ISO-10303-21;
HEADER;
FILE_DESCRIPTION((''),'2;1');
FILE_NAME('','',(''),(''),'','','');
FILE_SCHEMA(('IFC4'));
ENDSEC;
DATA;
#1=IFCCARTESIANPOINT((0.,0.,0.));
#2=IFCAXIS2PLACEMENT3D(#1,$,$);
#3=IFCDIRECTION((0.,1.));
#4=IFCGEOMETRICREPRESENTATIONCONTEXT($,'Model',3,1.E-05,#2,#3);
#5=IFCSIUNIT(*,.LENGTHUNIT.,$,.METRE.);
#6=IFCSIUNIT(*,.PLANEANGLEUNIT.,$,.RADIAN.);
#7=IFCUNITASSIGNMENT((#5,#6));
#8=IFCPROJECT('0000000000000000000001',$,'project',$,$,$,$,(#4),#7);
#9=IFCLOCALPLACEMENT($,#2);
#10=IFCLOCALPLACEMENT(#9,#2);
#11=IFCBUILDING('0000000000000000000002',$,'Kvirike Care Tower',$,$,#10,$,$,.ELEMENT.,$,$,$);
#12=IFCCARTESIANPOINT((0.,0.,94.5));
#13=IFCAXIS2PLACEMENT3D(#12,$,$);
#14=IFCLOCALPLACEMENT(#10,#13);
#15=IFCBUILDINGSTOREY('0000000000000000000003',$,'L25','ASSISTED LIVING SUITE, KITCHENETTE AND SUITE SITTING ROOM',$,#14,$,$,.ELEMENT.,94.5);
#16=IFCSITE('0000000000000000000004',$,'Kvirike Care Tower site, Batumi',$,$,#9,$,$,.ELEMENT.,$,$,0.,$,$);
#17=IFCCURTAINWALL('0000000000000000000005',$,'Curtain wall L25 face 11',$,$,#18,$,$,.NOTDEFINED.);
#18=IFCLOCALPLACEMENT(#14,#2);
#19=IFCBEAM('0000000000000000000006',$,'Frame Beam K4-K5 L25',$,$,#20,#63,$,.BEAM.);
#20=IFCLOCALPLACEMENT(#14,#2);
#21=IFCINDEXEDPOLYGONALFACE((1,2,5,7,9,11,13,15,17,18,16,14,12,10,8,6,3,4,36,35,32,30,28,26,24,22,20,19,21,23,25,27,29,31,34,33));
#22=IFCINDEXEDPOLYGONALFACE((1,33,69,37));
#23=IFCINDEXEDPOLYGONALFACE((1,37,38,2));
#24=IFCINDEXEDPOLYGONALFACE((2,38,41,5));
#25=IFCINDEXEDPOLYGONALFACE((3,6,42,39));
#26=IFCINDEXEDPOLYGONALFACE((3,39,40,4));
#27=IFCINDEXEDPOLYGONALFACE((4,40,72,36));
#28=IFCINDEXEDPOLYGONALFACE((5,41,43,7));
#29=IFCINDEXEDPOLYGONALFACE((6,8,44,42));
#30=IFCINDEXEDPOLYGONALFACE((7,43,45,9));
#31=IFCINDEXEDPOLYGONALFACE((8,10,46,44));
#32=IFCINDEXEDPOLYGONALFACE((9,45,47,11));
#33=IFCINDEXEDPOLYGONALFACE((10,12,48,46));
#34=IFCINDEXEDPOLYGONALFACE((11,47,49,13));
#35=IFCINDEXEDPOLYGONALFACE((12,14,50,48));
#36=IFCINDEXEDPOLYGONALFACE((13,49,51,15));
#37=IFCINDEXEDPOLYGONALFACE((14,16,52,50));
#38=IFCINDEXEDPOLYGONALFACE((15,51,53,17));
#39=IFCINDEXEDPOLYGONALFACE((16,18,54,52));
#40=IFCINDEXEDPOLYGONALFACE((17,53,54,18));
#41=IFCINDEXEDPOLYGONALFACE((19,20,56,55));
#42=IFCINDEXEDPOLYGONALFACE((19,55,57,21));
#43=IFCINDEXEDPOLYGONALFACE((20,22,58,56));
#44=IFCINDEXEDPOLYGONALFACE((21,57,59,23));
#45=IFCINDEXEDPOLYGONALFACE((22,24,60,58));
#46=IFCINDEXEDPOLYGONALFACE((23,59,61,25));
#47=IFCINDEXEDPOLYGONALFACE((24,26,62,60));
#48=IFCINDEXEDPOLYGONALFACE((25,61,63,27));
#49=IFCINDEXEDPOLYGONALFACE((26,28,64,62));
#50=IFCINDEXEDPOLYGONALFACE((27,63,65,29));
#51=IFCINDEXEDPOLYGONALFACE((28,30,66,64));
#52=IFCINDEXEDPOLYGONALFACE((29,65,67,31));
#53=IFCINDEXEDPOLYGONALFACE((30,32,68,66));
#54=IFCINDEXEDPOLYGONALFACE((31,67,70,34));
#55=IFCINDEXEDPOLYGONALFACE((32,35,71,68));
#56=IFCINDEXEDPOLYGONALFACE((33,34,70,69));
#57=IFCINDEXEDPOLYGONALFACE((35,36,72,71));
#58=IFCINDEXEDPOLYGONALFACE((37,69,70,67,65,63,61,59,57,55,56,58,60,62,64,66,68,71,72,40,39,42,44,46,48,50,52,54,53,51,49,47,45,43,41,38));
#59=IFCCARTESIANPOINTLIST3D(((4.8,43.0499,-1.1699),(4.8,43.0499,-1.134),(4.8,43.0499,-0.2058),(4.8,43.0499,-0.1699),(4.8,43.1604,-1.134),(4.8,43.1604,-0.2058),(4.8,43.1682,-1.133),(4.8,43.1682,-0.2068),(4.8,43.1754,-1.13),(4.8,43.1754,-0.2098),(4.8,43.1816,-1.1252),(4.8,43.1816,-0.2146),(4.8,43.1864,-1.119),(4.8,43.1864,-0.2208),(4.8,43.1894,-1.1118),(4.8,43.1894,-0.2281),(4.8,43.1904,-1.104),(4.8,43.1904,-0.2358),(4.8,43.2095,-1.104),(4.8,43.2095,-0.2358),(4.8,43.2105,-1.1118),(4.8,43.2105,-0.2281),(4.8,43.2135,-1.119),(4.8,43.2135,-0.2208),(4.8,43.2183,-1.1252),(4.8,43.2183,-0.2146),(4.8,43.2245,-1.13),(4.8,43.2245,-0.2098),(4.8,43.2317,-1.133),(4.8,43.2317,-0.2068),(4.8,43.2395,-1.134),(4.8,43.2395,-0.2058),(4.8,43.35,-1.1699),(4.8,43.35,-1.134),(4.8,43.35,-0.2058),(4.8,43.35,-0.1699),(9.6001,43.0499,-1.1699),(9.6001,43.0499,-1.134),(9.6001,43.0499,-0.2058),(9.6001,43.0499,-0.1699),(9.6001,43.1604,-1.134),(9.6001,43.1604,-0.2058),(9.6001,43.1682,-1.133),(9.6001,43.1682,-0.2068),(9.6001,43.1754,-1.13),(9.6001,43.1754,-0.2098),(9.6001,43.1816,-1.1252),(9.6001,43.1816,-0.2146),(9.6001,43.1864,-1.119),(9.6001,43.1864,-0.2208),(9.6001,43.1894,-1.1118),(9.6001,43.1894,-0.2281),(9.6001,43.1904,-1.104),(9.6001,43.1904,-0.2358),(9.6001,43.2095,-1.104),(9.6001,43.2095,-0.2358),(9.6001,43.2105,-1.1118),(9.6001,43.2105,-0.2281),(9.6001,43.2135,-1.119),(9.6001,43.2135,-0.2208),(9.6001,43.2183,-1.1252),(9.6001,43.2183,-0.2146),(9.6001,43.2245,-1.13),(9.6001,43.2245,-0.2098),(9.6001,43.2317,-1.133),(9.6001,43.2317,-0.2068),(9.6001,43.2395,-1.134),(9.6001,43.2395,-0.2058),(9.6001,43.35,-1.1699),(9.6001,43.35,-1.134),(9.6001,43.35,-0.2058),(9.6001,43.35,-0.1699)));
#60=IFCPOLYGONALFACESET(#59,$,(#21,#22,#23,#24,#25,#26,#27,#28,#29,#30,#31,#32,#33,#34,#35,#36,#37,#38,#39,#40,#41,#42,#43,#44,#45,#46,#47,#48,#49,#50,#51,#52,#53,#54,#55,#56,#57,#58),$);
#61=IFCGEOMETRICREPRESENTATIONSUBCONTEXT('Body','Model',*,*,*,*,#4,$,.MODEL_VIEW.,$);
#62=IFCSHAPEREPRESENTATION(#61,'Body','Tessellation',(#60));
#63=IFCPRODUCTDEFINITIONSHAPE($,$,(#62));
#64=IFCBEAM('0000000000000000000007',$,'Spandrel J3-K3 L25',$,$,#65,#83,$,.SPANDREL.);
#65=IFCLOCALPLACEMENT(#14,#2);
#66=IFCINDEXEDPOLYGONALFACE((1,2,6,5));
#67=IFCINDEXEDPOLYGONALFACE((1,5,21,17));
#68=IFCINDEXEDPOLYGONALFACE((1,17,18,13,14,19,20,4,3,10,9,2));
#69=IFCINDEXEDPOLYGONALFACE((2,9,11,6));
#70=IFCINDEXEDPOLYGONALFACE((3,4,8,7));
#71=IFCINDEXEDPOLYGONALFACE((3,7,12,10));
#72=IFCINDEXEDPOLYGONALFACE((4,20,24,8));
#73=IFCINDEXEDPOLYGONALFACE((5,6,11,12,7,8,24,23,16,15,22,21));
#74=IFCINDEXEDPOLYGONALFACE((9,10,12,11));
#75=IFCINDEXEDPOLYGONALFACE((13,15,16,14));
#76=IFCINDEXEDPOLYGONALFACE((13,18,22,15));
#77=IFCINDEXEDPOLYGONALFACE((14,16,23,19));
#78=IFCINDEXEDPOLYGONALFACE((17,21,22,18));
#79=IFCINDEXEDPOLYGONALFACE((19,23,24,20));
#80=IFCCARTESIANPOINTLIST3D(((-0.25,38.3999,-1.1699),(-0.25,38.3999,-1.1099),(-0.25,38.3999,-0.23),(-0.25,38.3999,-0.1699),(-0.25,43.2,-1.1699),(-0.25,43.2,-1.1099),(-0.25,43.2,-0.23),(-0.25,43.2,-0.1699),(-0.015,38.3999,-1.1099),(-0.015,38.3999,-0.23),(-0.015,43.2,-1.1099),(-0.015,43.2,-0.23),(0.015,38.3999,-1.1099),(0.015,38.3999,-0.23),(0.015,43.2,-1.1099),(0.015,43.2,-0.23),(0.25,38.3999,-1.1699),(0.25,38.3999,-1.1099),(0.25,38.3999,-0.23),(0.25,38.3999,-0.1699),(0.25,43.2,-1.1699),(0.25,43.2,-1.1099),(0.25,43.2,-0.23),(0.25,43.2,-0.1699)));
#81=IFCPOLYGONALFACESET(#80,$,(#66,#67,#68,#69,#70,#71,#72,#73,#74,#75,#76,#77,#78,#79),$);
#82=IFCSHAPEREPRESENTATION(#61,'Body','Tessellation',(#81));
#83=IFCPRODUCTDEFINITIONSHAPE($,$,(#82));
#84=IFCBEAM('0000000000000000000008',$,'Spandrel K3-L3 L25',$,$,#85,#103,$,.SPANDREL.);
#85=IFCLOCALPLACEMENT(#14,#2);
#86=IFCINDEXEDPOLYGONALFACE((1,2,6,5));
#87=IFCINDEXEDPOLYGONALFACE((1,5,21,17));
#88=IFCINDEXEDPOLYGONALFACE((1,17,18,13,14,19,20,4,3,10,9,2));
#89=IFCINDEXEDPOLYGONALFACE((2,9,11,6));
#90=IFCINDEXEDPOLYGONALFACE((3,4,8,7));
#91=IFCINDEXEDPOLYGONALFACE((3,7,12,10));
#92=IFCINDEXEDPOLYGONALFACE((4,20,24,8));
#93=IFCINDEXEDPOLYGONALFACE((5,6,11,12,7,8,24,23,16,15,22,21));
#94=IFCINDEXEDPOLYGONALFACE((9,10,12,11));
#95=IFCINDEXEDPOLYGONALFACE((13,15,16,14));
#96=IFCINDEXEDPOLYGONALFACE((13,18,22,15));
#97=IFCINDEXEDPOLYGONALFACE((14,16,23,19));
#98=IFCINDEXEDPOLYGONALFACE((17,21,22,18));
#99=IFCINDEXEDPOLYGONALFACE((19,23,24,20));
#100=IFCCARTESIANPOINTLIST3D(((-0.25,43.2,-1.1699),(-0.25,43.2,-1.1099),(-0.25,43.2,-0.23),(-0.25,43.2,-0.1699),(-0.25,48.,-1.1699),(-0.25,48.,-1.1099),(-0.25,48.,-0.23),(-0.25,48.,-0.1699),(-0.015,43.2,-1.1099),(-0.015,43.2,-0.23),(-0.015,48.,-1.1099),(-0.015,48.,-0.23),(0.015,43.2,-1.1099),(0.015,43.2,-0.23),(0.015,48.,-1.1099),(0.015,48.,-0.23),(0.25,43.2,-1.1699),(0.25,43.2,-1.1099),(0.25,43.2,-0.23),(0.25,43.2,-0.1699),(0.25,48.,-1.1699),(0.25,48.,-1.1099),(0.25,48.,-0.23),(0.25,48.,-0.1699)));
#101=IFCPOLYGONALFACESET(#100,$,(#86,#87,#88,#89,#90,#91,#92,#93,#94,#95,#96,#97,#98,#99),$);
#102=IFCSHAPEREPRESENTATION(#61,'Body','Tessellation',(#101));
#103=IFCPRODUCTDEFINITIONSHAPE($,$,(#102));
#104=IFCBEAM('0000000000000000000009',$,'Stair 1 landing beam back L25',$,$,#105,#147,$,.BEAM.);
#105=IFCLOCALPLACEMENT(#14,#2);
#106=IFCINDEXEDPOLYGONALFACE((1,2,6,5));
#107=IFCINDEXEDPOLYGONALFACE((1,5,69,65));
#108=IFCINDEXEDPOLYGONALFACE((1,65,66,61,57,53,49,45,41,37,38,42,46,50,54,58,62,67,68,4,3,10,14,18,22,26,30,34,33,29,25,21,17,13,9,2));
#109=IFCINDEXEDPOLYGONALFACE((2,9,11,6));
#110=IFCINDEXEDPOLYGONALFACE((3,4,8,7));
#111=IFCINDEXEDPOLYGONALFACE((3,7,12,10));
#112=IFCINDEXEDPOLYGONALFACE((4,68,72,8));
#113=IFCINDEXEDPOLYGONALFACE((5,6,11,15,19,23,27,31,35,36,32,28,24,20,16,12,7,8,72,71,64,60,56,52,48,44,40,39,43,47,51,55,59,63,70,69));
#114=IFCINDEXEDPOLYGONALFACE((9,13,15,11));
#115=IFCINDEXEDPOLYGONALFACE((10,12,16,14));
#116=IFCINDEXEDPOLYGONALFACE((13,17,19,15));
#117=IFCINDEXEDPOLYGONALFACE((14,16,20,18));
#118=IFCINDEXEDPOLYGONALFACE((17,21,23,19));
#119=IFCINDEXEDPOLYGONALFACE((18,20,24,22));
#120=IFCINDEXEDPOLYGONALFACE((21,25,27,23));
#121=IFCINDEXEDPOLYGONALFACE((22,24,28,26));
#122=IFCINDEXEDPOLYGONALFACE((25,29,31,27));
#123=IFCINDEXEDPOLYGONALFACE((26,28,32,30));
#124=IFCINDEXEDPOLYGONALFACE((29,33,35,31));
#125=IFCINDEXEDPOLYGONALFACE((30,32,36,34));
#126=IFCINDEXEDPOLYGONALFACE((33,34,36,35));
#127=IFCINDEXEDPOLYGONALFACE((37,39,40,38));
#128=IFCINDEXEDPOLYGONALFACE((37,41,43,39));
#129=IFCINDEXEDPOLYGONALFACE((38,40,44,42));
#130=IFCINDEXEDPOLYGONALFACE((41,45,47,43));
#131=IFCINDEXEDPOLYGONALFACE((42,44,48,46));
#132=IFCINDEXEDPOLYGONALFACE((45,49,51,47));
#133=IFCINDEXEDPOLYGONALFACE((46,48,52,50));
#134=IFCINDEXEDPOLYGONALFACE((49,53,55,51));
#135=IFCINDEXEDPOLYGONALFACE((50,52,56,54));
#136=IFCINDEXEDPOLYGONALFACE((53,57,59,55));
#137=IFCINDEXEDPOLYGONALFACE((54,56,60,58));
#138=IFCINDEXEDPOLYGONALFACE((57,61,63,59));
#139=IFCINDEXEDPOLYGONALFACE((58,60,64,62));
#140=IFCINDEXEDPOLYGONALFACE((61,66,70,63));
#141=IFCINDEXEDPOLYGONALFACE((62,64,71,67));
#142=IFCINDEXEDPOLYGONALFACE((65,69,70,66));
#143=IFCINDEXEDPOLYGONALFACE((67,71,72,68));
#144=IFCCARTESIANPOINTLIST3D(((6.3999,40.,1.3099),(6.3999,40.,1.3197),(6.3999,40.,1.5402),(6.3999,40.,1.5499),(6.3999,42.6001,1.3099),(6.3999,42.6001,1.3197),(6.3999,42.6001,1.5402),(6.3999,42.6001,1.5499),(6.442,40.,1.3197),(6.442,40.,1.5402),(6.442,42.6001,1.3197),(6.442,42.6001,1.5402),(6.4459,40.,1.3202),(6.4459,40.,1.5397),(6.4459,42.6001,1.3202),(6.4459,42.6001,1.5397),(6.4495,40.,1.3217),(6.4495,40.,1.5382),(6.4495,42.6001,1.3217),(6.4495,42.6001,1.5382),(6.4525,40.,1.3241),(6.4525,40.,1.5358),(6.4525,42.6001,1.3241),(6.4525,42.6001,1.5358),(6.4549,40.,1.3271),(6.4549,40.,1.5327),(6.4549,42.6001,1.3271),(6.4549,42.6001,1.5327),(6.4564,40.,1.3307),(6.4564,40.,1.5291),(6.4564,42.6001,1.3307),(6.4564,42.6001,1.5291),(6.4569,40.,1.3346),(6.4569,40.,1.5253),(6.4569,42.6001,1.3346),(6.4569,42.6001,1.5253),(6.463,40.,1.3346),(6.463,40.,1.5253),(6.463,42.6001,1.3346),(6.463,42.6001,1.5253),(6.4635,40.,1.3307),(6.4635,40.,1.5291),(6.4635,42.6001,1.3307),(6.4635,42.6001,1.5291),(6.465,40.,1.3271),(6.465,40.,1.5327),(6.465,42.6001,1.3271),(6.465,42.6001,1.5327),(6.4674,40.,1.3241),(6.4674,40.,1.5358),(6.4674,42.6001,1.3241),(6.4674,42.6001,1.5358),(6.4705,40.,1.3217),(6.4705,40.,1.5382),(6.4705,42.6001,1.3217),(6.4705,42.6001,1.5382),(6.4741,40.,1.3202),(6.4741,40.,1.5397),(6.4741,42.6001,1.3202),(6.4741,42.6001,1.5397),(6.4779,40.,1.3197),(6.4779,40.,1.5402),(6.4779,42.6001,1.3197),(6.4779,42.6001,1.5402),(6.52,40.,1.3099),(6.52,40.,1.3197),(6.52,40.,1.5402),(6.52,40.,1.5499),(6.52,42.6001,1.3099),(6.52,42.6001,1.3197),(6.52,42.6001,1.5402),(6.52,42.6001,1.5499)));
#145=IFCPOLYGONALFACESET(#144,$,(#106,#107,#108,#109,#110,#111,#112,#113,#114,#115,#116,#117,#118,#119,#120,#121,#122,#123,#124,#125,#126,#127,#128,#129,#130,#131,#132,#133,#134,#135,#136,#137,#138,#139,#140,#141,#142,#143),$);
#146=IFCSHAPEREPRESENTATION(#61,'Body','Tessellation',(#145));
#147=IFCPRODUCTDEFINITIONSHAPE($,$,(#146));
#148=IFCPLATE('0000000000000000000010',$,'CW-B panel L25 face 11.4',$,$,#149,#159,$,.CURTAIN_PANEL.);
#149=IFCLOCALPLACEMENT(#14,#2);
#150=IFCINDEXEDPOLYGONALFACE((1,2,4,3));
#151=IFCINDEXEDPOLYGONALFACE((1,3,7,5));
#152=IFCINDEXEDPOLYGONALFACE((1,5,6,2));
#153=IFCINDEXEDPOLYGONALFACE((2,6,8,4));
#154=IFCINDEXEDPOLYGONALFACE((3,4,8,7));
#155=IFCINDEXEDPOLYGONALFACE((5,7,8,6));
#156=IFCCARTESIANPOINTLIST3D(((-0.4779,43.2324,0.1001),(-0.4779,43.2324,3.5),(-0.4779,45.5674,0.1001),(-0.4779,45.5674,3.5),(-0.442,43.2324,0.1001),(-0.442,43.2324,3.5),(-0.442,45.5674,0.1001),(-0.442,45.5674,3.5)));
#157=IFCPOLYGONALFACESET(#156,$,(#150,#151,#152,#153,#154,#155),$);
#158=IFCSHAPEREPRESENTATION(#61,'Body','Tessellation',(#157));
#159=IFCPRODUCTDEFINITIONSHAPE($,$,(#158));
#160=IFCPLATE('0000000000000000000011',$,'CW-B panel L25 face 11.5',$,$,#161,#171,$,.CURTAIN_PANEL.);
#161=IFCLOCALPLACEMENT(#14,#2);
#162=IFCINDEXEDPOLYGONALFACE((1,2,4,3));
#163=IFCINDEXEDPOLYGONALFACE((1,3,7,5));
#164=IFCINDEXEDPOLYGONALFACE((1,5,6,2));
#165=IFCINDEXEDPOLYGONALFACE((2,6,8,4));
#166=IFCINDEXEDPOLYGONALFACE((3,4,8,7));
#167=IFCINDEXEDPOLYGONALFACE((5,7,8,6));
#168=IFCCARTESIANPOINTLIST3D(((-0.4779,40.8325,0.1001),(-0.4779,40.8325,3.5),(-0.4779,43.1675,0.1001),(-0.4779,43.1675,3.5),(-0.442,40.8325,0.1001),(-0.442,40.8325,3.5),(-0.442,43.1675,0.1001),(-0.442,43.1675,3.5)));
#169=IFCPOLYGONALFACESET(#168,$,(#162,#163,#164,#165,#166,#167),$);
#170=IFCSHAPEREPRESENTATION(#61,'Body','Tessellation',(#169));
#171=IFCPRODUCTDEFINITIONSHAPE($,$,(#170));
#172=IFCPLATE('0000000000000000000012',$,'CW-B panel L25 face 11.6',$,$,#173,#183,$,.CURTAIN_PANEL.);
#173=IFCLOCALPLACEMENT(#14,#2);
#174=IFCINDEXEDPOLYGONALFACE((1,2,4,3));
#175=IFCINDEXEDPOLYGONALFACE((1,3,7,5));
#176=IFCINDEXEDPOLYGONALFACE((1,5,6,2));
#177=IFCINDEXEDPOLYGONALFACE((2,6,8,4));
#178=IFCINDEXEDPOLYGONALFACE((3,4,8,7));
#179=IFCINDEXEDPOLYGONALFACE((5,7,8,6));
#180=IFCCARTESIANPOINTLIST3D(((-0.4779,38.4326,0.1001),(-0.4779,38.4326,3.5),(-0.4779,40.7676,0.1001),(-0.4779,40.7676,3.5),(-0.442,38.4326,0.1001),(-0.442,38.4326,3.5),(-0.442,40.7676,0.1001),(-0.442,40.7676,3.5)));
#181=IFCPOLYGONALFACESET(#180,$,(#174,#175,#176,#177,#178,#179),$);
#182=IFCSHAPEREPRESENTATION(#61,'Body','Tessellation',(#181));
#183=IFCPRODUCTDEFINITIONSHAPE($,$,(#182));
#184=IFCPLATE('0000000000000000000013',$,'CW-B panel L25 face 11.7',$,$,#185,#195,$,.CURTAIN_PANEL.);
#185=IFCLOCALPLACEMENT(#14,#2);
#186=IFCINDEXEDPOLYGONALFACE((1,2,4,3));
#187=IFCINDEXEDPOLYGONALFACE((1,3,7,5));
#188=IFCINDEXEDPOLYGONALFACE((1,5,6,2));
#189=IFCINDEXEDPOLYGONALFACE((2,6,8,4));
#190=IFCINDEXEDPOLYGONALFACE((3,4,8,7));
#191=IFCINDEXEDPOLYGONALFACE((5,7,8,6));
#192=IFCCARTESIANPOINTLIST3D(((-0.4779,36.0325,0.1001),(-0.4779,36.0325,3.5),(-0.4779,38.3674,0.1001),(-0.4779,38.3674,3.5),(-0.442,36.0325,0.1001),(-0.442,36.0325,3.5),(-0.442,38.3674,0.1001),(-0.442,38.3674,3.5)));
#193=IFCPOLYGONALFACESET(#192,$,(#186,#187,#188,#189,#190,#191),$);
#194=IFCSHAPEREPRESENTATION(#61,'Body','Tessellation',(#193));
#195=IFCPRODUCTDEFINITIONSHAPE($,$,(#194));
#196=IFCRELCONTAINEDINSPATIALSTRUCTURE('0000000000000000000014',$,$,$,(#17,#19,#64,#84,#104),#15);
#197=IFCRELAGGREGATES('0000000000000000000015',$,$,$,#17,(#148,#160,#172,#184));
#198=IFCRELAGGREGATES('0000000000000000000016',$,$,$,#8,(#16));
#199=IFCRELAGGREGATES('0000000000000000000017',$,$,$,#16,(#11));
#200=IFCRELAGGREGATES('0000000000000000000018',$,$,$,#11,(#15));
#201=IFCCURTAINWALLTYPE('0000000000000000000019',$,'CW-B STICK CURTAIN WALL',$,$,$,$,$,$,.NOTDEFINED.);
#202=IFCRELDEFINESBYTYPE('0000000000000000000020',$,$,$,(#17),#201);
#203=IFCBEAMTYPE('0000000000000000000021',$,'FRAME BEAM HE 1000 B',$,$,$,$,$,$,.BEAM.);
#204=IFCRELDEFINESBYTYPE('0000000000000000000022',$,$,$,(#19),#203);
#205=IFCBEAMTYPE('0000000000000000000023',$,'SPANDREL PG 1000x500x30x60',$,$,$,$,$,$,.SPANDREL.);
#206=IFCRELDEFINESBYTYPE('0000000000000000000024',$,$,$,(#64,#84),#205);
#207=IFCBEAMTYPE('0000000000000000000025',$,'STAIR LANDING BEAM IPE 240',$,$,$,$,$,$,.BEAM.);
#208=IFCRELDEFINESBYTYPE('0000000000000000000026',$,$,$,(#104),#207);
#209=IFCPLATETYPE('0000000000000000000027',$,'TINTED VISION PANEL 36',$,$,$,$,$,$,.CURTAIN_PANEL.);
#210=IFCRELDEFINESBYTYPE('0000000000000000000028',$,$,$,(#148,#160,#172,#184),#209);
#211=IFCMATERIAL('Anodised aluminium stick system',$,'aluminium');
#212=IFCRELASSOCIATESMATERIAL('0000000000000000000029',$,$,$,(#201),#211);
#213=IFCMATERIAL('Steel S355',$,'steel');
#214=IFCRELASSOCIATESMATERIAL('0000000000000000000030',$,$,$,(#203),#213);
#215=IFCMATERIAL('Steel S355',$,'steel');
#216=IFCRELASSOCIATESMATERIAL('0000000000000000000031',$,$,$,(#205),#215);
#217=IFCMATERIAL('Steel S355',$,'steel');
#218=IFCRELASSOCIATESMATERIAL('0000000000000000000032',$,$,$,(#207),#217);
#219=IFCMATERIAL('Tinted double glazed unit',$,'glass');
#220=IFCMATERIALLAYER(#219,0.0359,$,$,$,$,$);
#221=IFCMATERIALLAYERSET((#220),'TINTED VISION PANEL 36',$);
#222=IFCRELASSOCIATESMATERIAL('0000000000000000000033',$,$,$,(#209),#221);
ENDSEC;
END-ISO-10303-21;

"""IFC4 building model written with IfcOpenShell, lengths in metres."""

from ifc_helpers import new_model, si_unit, direction, frame, origin, origin_2d, place, context, subcontext, project, spatial, rectangle, i_section, extrude, material, layer, layer_set, material_profile, profile_set, type_object, element, aggregate, save


model = new_model("IFC4")

# Units and contexts
model_context = context("Model", 3, precision=1e-05, world=origin(), true_north=direction((0.0, 1.0)))
body_context = subcontext(model_context, "Body", "Model", "MODEL_VIEW")
ifc_project = project(units=[si_unit("LENGTHUNIT", "METRE"), si_unit("PLANEANGLEUNIT", "RADIAN")], contexts=[model_context])

# Site, building, storey
site_placement = place(None, origin())
site = spatial("IfcSite", under=ifc_project, at=site_placement, Name="Kvirike Care Tower site, Batumi", CompositionType="ELEMENT", RefElevation=0.0)
building_placement = place(site_placement, origin())
building = spatial("IfcBuilding", under=site, at=building_placement, Name="Kvirike Care Tower", CompositionType="ELEMENT")
storey_placement = place(building_placement, frame((0.0, 0.0, 94.5)))
storey = spatial("IfcBuildingStorey", under=building, at=storey_placement, Name="L25", Description="ASSISTED LIVING SUITE, KITCHENETTE AND SUITE SITTING ROOM", CompositionType="ELEMENT", Elevation=94.5)

# Curtain wall
ifc_material_1 = material(Name="Anodised aluminium stick system", Category="aluminium")
curtain_wall_type = type_object("IfcCurtainWallType", Name="CW-B STICK CURTAIN WALL", PredefinedType="NOTDEFINED", material=ifc_material_1)
curtain_wall_placement = place(storey_placement, origin())
curtain_wall = element("IfcCurtainWall", 1, at=curtain_wall_placement, inside=storey, type_object=curtain_wall_type, Name="Curtain wall L25 face 11", PredefinedType="NOTDEFINED")

# Beams
ifc_material_2 = material(Name="Steel S355", Category="steel")
ifc_material_profile_1 = material_profile(ifc_material_2, i_section(OverallWidth=0.3, OverallDepth=1.0, WebThickness=0.019, FlangeThickness=0.0359, FilletRadius=0.03, at=origin_2d()), Name="HE 1000 B")
ifc_profile_set_1 = profile_set([ifc_material_profile_1], Name="Steel S355")
beam_type_1 = type_object("IfcBeamType", Name="FRAME BEAM HE 1000 B", PredefinedType="BEAM", material=ifc_profile_set_1)
for number, where, z_axis, x_axis, name in (
    (2, (4.8, 43.2, -0.6699), (1.0, 0.0, 0.0), (0.0, 1.0, 0.0), "Frame Beam K4-K5 L25"),
):
    element("IfcBeam", number, at=place(storey_placement, frame(where, z_axis=z_axis, x_axis=x_axis)), inside=storey, type_object=beam_type_1, Name=name, PredefinedType="BEAM", context=body_context, shape_type="SweptSolid", body=[
        extrude(i_section(OverallWidth=0.3, OverallDepth=1.0, WebThickness=0.019, FlangeThickness=0.0359, FilletRadius=0.03, at=origin_2d()), origin(), (0.0, 0.0, 1.0), 4.8),
    ])
ifc_material_3 = material(Name="Steel S355", Category="steel")
ifc_material_profile_2 = material_profile(ifc_material_3, i_section(OverallWidth=0.5, OverallDepth=1.0, WebThickness=0.03, FlangeThickness=0.0601, at=origin_2d()), Name="PG 1000x500x30x60")
ifc_profile_set_2 = profile_set([ifc_material_profile_2], Name="Steel S355")
beam_type_2 = type_object("IfcBeamType", Name="SPANDREL PG 1000x500x30x60", PredefinedType="SPANDREL", material=ifc_profile_set_2)
for number, where, z_axis, x_axis, name in (
    (3, (0.0, 38.3999, -0.6699), (0.0, 1.0, 0.0), (-1.0, 0.0, 0.0), "Spandrel J3-K3 L25"),
    (4, (0.0, 43.2, -0.6699), (0.0, 1.0, 0.0), (-1.0, 0.0, 0.0), "Spandrel K3-L3 L25"),
):
    element("IfcBeam", number, at=place(storey_placement, frame(where, z_axis=z_axis, x_axis=x_axis)), inside=storey, type_object=beam_type_2, Name=name, PredefinedType="SPANDREL", context=body_context, shape_type="SweptSolid", body=[
        extrude(i_section(OverallWidth=0.5, OverallDepth=1.0, WebThickness=0.03, FlangeThickness=0.0601, at=origin_2d()), origin(), (0.0, 0.0, 1.0), 4.8),
    ])
ifc_material_4 = material(Name="Steel S355", Category="steel")
ifc_material_profile_3 = material_profile(ifc_material_4, i_section(OverallWidth=0.1201, OverallDepth=0.24, WebThickness=0.0061, FlangeThickness=0.0098, FilletRadius=0.0149, at=origin_2d()), Name="IPE 240")
ifc_profile_set_3 = profile_set([ifc_material_profile_3], Name="Steel S355")
beam_type_3 = type_object("IfcBeamType", Name="STAIR LANDING BEAM IPE 240", PredefinedType="BEAM", material=ifc_profile_set_3)
beam_1_placement = place(storey_placement, frame((6.46, 42.6001, 1.4299), z_axis=(0.0, -1.0, 0.0), x_axis=(1.0, 0.0, 0.0)))
element("IfcBeam", 5, at=beam_1_placement, inside=storey, type_object=beam_type_3, Name="Stair 1 landing beam back L25", PredefinedType="BEAM", context=body_context, shape_type="SweptSolid", body=[
    extrude(i_section(OverallWidth=0.1201, OverallDepth=0.24, WebThickness=0.0061, FlangeThickness=0.0098, FilletRadius=0.0149, at=origin_2d()), origin(), (0.0, 0.0, 1.0), 2.6001),
])

# Plates
ifc_material_5 = material(Name="Tinted double glazed unit", Category="glass")
ifc_layer_1 = layer(ifc_material_5, 0.0359)
ifc_layer_set_1 = layer_set([ifc_layer_1], Name="TINTED VISION PANEL 36")
plate_type = type_object("IfcPlateType", Name="TINTED VISION PANEL 36", PredefinedType="CURTAIN_PANEL", material=ifc_layer_set_1)
plate_1_placement = place(storey_placement, frame((-0.46, 44.3999, 0.1001), z_axis=(0.0, 0.0, 1.0), x_axis=(0.0, -1.0, 0.0)))
plate_1 = element("IfcPlate", 6, at=plate_1_placement, type_object=plate_type, Name="CW-B panel L25 face 11.4", PredefinedType="CURTAIN_PANEL", context=body_context, shape_type="SweptSolid", body=[
    extrude(rectangle(XDim=2.335, YDim=0.0359, at=origin_2d()), origin(), (0.0, 0.0, 1.0), 3.3999),
])
plate_2_placement = place(storey_placement, frame((-0.46, 42.0, 0.1001), z_axis=(0.0, 0.0, 1.0), x_axis=(0.0, -1.0, 0.0)))
plate_2 = element("IfcPlate", 7, at=plate_2_placement, type_object=plate_type, Name="CW-B panel L25 face 11.5", PredefinedType="CURTAIN_PANEL", context=body_context, shape_type="SweptSolid", body=[
    extrude(rectangle(XDim=2.335, YDim=0.0359, at=origin_2d()), origin(), (0.0, 0.0, 1.0), 3.3999),
])
plate_3_placement = place(storey_placement, frame((-0.46, 39.6001, 0.1001), z_axis=(0.0, 0.0, 1.0), x_axis=(0.0, -1.0, 0.0)))
plate_3 = element("IfcPlate", 8, at=plate_3_placement, type_object=plate_type, Name="CW-B panel L25 face 11.6", PredefinedType="CURTAIN_PANEL", context=body_context, shape_type="SweptSolid", body=[
    extrude(rectangle(XDim=2.335, YDim=0.0359, at=origin_2d()), origin(), (0.0, 0.0, 1.0), 3.3999),
])
plate_4_placement = place(storey_placement, frame((-0.46, 37.2, 0.1001), z_axis=(0.0, 0.0, 1.0), x_axis=(0.0, -1.0, 0.0)))
plate_4 = element("IfcPlate", 9, at=plate_4_placement, type_object=plate_type, Name="CW-B panel L25 face 11.7", PredefinedType="CURTAIN_PANEL", context=body_context, shape_type="SweptSolid", body=[
    extrude(rectangle(XDim=2.335, YDim=0.0359, at=origin_2d()), origin(), (0.0, 0.0, 1.0), 3.3999),
])
aggregate(curtain_wall, [plate_1, plate_2, plate_3, plate_4])

save(model, "model.ifc")
